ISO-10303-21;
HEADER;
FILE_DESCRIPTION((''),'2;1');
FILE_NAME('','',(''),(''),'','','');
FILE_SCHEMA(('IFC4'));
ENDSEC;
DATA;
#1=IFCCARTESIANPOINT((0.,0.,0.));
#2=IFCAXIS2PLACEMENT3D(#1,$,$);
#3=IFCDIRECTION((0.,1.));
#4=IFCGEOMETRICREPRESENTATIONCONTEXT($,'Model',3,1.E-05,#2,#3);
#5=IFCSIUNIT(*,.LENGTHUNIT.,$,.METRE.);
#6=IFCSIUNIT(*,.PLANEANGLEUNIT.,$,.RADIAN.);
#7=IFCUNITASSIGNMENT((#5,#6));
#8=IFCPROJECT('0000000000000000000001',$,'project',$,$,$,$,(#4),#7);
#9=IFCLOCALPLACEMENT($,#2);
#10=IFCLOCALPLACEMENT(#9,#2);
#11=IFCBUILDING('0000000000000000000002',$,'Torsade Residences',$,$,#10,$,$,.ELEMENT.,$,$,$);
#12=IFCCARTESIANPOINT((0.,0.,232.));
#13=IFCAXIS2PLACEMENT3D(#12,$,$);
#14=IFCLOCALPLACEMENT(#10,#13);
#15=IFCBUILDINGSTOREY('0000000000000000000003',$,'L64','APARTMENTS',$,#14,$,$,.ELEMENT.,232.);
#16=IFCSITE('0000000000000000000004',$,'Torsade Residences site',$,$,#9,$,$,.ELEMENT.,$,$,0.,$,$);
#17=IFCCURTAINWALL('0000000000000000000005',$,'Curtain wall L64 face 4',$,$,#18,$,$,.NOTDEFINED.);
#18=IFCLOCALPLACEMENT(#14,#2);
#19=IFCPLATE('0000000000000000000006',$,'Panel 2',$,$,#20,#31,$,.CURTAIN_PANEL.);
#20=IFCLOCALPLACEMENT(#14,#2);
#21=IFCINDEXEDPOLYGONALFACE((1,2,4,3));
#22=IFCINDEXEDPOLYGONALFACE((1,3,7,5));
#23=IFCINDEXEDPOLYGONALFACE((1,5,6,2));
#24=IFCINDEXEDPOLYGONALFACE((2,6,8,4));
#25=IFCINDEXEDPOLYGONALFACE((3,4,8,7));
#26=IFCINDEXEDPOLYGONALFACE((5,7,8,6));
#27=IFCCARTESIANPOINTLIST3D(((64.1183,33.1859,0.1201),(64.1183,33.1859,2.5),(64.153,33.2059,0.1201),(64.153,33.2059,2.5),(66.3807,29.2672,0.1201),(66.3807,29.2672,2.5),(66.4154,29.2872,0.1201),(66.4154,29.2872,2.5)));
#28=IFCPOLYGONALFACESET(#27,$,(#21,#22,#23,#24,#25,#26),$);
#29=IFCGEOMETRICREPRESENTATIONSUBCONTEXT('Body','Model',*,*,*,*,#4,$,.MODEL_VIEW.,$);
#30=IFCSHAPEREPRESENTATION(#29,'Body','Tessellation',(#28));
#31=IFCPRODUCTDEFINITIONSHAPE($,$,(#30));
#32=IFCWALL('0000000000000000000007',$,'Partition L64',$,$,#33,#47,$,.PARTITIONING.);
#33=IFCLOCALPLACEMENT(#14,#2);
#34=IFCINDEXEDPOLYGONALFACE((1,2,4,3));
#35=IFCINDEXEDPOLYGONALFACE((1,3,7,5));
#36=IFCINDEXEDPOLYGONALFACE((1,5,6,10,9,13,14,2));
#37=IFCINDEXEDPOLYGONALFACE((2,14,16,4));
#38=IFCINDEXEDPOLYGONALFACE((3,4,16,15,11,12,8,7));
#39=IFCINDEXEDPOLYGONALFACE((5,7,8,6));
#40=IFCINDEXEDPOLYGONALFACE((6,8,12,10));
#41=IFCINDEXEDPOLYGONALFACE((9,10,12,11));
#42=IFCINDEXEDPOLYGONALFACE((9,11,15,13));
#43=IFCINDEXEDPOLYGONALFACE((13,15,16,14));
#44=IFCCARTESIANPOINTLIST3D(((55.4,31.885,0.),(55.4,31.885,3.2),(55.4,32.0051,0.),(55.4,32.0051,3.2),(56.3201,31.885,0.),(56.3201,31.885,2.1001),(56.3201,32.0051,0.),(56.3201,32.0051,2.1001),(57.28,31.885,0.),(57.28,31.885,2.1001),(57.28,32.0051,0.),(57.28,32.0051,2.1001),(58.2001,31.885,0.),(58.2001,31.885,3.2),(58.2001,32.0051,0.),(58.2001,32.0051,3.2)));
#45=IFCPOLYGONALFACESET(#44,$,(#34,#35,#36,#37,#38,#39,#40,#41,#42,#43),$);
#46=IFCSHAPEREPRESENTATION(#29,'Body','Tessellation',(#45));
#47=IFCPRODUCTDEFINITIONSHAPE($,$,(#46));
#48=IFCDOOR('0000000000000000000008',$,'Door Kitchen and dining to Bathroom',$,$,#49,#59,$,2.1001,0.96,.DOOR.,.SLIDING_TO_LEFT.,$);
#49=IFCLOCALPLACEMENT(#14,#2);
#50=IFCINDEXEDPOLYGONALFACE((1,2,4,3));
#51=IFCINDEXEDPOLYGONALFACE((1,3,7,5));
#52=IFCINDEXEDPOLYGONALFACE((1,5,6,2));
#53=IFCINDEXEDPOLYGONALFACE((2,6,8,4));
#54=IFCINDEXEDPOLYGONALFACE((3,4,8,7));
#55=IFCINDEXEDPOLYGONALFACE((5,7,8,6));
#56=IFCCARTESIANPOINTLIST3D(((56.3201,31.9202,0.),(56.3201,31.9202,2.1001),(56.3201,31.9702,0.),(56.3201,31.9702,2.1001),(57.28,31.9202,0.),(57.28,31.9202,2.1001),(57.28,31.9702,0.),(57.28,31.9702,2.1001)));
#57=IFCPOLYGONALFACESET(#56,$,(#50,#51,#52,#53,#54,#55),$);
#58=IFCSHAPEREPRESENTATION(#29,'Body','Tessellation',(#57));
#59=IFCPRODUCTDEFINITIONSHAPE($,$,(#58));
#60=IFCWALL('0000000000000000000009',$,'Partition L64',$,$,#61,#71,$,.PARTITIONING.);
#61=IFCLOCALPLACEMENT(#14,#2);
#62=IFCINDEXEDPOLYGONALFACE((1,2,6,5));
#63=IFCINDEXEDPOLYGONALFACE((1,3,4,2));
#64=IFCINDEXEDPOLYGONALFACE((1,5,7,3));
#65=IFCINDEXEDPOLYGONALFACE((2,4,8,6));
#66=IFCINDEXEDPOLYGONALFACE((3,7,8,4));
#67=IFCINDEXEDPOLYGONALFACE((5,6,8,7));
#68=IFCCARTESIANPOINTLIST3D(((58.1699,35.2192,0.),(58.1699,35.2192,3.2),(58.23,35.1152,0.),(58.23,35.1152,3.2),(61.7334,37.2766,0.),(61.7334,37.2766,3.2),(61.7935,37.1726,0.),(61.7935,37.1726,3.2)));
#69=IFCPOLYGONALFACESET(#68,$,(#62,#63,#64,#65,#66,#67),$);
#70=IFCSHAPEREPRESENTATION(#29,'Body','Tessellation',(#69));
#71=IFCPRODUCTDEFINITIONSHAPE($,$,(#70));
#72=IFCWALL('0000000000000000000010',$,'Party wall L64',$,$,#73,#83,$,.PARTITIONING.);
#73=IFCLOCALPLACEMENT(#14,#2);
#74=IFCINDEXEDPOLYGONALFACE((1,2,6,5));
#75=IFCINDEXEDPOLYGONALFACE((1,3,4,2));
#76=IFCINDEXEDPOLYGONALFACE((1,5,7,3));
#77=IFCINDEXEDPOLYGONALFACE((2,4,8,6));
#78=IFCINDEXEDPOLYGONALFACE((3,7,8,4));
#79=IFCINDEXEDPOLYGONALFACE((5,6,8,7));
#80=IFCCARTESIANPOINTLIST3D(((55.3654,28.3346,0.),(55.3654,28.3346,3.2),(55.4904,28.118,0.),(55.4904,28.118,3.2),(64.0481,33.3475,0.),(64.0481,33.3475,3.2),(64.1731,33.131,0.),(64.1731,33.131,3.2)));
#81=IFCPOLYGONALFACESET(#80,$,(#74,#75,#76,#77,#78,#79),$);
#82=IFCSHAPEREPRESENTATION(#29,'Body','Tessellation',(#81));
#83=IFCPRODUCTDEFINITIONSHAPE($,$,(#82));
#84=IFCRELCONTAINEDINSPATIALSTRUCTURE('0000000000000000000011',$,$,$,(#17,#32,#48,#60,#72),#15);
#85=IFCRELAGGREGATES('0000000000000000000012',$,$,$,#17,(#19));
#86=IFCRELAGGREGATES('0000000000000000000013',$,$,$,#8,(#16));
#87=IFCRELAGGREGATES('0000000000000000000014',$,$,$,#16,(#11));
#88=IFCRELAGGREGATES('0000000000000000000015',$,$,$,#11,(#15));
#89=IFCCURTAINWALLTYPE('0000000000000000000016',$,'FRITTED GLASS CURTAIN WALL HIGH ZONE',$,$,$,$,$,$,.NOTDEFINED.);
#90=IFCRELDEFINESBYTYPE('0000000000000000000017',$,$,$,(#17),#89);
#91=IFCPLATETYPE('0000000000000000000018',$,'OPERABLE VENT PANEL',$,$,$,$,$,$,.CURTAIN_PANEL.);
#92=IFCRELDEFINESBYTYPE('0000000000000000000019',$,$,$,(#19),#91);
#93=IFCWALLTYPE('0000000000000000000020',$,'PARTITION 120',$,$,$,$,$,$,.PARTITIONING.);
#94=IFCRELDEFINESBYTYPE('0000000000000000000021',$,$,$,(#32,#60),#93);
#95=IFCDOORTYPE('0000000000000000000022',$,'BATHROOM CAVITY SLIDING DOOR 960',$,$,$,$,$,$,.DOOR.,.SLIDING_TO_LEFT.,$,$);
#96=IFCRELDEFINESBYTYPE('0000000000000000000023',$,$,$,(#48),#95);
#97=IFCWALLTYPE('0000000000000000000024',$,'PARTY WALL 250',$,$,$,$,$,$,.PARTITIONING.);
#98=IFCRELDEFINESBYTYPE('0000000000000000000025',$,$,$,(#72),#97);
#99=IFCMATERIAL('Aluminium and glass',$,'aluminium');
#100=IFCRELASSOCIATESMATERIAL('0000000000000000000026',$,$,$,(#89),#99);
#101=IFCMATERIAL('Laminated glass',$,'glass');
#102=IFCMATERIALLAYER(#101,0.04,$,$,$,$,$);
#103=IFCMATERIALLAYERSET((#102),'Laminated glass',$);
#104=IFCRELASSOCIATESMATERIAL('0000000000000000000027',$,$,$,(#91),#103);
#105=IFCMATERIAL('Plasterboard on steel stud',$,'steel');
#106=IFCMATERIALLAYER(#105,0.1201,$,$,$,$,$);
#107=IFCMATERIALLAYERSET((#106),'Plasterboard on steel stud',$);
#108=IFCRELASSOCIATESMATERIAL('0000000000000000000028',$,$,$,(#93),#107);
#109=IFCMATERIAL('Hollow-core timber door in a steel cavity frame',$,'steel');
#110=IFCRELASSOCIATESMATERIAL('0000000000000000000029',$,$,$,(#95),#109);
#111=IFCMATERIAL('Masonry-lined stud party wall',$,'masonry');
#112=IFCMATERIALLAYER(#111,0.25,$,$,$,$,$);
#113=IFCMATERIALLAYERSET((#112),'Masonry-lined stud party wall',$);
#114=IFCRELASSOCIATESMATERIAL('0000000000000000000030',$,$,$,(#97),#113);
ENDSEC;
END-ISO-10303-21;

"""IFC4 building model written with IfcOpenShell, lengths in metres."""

from ifc_helpers import new_model, si_unit, direction, frame, frame_2d, origin, origin_2d, place, context, subcontext, project, spatial, rectangle, extrude, material, layer, layer_set, type_object, element, fill, aggregate, save


model = new_model("IFC4")

# Units and contexts
model_context = context("Model", 3, precision=1e-05, world=origin(), true_north=direction((0.0, 1.0)))
body_context = subcontext(model_context, "Body", "Model", "MODEL_VIEW")
ifc_project = project(units=[si_unit("LENGTHUNIT", "METRE"), si_unit("PLANEANGLEUNIT", "RADIAN")], contexts=[model_context])

# Site, building, storey
site_placement = place(None, origin())
site = spatial("IfcSite", under=ifc_project, at=site_placement, Name="Torsade Residences site", CompositionType="ELEMENT", RefElevation=0.0)
building_placement = place(site_placement, origin())
building = spatial("IfcBuilding", under=site, at=building_placement, Name="Torsade Residences", CompositionType="ELEMENT")
storey_placement = place(building_placement, frame((0.0, 0.0, 232.0)))
storey = spatial("IfcBuildingStorey", under=building, at=storey_placement, Name="L64", Description="APARTMENTS", CompositionType="ELEMENT", Elevation=232.0)

# Curtain wall
ifc_material_1 = material(Name="Aluminium and glass", Category="aluminium")
curtain_wall_type = type_object("IfcCurtainWallType", Name="FRITTED GLASS CURTAIN WALL HIGH ZONE", PredefinedType="NOTDEFINED", material=ifc_material_1)
curtain_wall_placement = place(storey_placement, origin())
curtain_wall = element("IfcCurtainWall", 1, at=curtain_wall_placement, inside=storey, type_object=curtain_wall_type, Name="Curtain wall L64 face 4", PredefinedType="NOTDEFINED")

# Plate
ifc_material_2 = material(Name="Laminated glass", Category="glass")
ifc_layer_1 = layer(ifc_material_2, 0.04)
ifc_layer_set_1 = layer_set([ifc_layer_1], Name="Laminated glass")
plate_type_1 = type_object("IfcPlateType", Name="OPERABLE VENT PANEL", PredefinedType="CURTAIN_PANEL", material=ifc_layer_set_1)
plate_1_placement = place(storey_placement, frame((65.2668, 31.2366, 0.1201), z_axis=(0.0, 0.0, 1.0), x_axis=(-0.5, 0.866025, 0.0)))
plate_1 = element("IfcPlate", 2, at=plate_1_placement, type_object=plate_type_1, Name="Panel 2", PredefinedType="CURTAIN_PANEL", context=body_context, shape_type="SweptSolid", body=[
    extrude(rectangle(XDim=4.5249, YDim=0.04, at=origin_2d()), origin(), (0.0, 0.0, 1.0), 2.3799),
])
aggregate(curtain_wall, [plate_1])

# Wall, opening, door
ifc_material_3 = material(Name="Plasterboard on steel stud", Category="steel")
ifc_layer_2 = layer(ifc_material_3, 0.1201)
ifc_layer_set_2 = layer_set([ifc_layer_2], Name="Plasterboard on steel stud")
wall_type_1 = type_object("IfcWallType", Name="PARTITION 120", PredefinedType="PARTITIONING", material=ifc_layer_set_2)
wall_1_placement = place(storey_placement, frame((58.2, 31.9451, 0.0), z_axis=(0.0, 0.0, 1.0), x_axis=(-1.0, 0.0, 0.0)))
wall_1 = element("IfcWall", 3, at=wall_1_placement, inside=storey, type_object=wall_type_1, Name="Partition L64", PredefinedType="PARTITIONING", context=body_context, shape_type="SweptSolid", body=[
    extrude(rectangle(XDim=2.8, YDim=0.1201, at=frame_2d((1.3999, 0.0))), origin(), (0.0, 0.0, 1.0), 3.2),
])
opening_placement = place(wall_1_placement, frame((0.9199, 0.0, 0.0)))
opening = element("IfcOpeningElement", 4, at=opening_placement, cuts=wall_1, PredefinedType="OPENING", context=body_context, shape_type="SweptSolid", body=[
    extrude(rectangle(XDim=0.96, YDim=2.1001, at=frame_2d((0.48, 1.05))), frame((0.0, 0.0701, 0.0), z_axis=(0.0, -1.0, 0.0), x_axis=(1.0, 0.0, 0.0)), (0.0, 0.0, 1.0), 0.1401),
])
ifc_material_4 = material(Name="Hollow-core timber door in a steel cavity frame", Category="steel")
door_type = type_object("IfcDoorType", Name="BATHROOM CAVITY SLIDING DOOR 960", OperationType="SLIDING_TO_LEFT", PredefinedType="DOOR", material=ifc_material_4)
door_placement = place(opening_placement, origin())
door = element("IfcDoor", 5, at=door_placement, inside=storey, type_object=door_type, Name="Door Kitchen and dining to Bathroom", OperationType="SLIDING_TO_LEFT", OverallHeight=2.1001, OverallWidth=0.96, PredefinedType="DOOR", context=body_context, shape_type="SweptSolid", body=[
    extrude(rectangle(XDim=0.96, YDim=2.1001, at=frame_2d((0.48, 1.05))), frame((0.0, 0.0249, 0.0), z_axis=(0.0, -1.0, 0.0), x_axis=(1.0, 0.0, 0.0)), (0.0, 0.0, 1.0), 0.05),
])
fill(opening, door)

# Walls
wall_2_placement = place(storey_placement, frame((58.2, 35.1672, 0.0), z_axis=(0.0, 0.0, 1.0), x_axis=(0.866026, 0.5, 0.0)))
element("IfcWall", 6, at=wall_2_placement, inside=storey, type_object=wall_type_1, Name="Partition L64", PredefinedType="PARTITIONING", context=body_context, shape_type="SweptSolid", body=[
    extrude(rectangle(XDim=4.1147, YDim=0.1201, at=frame_2d((2.0574, 0.0))), origin(), (0.0, 0.0, 1.0), 3.2),
])
ifc_material_5 = material(Name="Masonry-lined stud party wall", Category="masonry")
ifc_layer_3 = layer(ifc_material_5, 0.25)
ifc_layer_set_3 = layer_set([ifc_layer_3], Name="Masonry-lined stud party wall")
wall_type_2 = type_object("IfcWallType", Name="PARTY WALL 250", PredefinedType="PARTITIONING", material=ifc_layer_set_3)
wall_3_placement = place(storey_placement, frame((64.1106, 33.2393, 0.0), z_axis=(0.0, 0.0, 1.0), x_axis=(-0.866024, -0.500002, 0.0)))
element("IfcWall", 7, at=wall_3_placement, inside=storey, type_object=wall_type_2, Name="Party wall L64", PredefinedType="PARTITIONING", context=body_context, shape_type="SweptSolid", body=[
    extrude(rectangle(XDim=10.0259, YDim=0.25, at=frame_2d((5.0129, 0.0))), origin(), (0.0, 0.0, 1.0), 3.2),
])

save(model, "model.ifc")
